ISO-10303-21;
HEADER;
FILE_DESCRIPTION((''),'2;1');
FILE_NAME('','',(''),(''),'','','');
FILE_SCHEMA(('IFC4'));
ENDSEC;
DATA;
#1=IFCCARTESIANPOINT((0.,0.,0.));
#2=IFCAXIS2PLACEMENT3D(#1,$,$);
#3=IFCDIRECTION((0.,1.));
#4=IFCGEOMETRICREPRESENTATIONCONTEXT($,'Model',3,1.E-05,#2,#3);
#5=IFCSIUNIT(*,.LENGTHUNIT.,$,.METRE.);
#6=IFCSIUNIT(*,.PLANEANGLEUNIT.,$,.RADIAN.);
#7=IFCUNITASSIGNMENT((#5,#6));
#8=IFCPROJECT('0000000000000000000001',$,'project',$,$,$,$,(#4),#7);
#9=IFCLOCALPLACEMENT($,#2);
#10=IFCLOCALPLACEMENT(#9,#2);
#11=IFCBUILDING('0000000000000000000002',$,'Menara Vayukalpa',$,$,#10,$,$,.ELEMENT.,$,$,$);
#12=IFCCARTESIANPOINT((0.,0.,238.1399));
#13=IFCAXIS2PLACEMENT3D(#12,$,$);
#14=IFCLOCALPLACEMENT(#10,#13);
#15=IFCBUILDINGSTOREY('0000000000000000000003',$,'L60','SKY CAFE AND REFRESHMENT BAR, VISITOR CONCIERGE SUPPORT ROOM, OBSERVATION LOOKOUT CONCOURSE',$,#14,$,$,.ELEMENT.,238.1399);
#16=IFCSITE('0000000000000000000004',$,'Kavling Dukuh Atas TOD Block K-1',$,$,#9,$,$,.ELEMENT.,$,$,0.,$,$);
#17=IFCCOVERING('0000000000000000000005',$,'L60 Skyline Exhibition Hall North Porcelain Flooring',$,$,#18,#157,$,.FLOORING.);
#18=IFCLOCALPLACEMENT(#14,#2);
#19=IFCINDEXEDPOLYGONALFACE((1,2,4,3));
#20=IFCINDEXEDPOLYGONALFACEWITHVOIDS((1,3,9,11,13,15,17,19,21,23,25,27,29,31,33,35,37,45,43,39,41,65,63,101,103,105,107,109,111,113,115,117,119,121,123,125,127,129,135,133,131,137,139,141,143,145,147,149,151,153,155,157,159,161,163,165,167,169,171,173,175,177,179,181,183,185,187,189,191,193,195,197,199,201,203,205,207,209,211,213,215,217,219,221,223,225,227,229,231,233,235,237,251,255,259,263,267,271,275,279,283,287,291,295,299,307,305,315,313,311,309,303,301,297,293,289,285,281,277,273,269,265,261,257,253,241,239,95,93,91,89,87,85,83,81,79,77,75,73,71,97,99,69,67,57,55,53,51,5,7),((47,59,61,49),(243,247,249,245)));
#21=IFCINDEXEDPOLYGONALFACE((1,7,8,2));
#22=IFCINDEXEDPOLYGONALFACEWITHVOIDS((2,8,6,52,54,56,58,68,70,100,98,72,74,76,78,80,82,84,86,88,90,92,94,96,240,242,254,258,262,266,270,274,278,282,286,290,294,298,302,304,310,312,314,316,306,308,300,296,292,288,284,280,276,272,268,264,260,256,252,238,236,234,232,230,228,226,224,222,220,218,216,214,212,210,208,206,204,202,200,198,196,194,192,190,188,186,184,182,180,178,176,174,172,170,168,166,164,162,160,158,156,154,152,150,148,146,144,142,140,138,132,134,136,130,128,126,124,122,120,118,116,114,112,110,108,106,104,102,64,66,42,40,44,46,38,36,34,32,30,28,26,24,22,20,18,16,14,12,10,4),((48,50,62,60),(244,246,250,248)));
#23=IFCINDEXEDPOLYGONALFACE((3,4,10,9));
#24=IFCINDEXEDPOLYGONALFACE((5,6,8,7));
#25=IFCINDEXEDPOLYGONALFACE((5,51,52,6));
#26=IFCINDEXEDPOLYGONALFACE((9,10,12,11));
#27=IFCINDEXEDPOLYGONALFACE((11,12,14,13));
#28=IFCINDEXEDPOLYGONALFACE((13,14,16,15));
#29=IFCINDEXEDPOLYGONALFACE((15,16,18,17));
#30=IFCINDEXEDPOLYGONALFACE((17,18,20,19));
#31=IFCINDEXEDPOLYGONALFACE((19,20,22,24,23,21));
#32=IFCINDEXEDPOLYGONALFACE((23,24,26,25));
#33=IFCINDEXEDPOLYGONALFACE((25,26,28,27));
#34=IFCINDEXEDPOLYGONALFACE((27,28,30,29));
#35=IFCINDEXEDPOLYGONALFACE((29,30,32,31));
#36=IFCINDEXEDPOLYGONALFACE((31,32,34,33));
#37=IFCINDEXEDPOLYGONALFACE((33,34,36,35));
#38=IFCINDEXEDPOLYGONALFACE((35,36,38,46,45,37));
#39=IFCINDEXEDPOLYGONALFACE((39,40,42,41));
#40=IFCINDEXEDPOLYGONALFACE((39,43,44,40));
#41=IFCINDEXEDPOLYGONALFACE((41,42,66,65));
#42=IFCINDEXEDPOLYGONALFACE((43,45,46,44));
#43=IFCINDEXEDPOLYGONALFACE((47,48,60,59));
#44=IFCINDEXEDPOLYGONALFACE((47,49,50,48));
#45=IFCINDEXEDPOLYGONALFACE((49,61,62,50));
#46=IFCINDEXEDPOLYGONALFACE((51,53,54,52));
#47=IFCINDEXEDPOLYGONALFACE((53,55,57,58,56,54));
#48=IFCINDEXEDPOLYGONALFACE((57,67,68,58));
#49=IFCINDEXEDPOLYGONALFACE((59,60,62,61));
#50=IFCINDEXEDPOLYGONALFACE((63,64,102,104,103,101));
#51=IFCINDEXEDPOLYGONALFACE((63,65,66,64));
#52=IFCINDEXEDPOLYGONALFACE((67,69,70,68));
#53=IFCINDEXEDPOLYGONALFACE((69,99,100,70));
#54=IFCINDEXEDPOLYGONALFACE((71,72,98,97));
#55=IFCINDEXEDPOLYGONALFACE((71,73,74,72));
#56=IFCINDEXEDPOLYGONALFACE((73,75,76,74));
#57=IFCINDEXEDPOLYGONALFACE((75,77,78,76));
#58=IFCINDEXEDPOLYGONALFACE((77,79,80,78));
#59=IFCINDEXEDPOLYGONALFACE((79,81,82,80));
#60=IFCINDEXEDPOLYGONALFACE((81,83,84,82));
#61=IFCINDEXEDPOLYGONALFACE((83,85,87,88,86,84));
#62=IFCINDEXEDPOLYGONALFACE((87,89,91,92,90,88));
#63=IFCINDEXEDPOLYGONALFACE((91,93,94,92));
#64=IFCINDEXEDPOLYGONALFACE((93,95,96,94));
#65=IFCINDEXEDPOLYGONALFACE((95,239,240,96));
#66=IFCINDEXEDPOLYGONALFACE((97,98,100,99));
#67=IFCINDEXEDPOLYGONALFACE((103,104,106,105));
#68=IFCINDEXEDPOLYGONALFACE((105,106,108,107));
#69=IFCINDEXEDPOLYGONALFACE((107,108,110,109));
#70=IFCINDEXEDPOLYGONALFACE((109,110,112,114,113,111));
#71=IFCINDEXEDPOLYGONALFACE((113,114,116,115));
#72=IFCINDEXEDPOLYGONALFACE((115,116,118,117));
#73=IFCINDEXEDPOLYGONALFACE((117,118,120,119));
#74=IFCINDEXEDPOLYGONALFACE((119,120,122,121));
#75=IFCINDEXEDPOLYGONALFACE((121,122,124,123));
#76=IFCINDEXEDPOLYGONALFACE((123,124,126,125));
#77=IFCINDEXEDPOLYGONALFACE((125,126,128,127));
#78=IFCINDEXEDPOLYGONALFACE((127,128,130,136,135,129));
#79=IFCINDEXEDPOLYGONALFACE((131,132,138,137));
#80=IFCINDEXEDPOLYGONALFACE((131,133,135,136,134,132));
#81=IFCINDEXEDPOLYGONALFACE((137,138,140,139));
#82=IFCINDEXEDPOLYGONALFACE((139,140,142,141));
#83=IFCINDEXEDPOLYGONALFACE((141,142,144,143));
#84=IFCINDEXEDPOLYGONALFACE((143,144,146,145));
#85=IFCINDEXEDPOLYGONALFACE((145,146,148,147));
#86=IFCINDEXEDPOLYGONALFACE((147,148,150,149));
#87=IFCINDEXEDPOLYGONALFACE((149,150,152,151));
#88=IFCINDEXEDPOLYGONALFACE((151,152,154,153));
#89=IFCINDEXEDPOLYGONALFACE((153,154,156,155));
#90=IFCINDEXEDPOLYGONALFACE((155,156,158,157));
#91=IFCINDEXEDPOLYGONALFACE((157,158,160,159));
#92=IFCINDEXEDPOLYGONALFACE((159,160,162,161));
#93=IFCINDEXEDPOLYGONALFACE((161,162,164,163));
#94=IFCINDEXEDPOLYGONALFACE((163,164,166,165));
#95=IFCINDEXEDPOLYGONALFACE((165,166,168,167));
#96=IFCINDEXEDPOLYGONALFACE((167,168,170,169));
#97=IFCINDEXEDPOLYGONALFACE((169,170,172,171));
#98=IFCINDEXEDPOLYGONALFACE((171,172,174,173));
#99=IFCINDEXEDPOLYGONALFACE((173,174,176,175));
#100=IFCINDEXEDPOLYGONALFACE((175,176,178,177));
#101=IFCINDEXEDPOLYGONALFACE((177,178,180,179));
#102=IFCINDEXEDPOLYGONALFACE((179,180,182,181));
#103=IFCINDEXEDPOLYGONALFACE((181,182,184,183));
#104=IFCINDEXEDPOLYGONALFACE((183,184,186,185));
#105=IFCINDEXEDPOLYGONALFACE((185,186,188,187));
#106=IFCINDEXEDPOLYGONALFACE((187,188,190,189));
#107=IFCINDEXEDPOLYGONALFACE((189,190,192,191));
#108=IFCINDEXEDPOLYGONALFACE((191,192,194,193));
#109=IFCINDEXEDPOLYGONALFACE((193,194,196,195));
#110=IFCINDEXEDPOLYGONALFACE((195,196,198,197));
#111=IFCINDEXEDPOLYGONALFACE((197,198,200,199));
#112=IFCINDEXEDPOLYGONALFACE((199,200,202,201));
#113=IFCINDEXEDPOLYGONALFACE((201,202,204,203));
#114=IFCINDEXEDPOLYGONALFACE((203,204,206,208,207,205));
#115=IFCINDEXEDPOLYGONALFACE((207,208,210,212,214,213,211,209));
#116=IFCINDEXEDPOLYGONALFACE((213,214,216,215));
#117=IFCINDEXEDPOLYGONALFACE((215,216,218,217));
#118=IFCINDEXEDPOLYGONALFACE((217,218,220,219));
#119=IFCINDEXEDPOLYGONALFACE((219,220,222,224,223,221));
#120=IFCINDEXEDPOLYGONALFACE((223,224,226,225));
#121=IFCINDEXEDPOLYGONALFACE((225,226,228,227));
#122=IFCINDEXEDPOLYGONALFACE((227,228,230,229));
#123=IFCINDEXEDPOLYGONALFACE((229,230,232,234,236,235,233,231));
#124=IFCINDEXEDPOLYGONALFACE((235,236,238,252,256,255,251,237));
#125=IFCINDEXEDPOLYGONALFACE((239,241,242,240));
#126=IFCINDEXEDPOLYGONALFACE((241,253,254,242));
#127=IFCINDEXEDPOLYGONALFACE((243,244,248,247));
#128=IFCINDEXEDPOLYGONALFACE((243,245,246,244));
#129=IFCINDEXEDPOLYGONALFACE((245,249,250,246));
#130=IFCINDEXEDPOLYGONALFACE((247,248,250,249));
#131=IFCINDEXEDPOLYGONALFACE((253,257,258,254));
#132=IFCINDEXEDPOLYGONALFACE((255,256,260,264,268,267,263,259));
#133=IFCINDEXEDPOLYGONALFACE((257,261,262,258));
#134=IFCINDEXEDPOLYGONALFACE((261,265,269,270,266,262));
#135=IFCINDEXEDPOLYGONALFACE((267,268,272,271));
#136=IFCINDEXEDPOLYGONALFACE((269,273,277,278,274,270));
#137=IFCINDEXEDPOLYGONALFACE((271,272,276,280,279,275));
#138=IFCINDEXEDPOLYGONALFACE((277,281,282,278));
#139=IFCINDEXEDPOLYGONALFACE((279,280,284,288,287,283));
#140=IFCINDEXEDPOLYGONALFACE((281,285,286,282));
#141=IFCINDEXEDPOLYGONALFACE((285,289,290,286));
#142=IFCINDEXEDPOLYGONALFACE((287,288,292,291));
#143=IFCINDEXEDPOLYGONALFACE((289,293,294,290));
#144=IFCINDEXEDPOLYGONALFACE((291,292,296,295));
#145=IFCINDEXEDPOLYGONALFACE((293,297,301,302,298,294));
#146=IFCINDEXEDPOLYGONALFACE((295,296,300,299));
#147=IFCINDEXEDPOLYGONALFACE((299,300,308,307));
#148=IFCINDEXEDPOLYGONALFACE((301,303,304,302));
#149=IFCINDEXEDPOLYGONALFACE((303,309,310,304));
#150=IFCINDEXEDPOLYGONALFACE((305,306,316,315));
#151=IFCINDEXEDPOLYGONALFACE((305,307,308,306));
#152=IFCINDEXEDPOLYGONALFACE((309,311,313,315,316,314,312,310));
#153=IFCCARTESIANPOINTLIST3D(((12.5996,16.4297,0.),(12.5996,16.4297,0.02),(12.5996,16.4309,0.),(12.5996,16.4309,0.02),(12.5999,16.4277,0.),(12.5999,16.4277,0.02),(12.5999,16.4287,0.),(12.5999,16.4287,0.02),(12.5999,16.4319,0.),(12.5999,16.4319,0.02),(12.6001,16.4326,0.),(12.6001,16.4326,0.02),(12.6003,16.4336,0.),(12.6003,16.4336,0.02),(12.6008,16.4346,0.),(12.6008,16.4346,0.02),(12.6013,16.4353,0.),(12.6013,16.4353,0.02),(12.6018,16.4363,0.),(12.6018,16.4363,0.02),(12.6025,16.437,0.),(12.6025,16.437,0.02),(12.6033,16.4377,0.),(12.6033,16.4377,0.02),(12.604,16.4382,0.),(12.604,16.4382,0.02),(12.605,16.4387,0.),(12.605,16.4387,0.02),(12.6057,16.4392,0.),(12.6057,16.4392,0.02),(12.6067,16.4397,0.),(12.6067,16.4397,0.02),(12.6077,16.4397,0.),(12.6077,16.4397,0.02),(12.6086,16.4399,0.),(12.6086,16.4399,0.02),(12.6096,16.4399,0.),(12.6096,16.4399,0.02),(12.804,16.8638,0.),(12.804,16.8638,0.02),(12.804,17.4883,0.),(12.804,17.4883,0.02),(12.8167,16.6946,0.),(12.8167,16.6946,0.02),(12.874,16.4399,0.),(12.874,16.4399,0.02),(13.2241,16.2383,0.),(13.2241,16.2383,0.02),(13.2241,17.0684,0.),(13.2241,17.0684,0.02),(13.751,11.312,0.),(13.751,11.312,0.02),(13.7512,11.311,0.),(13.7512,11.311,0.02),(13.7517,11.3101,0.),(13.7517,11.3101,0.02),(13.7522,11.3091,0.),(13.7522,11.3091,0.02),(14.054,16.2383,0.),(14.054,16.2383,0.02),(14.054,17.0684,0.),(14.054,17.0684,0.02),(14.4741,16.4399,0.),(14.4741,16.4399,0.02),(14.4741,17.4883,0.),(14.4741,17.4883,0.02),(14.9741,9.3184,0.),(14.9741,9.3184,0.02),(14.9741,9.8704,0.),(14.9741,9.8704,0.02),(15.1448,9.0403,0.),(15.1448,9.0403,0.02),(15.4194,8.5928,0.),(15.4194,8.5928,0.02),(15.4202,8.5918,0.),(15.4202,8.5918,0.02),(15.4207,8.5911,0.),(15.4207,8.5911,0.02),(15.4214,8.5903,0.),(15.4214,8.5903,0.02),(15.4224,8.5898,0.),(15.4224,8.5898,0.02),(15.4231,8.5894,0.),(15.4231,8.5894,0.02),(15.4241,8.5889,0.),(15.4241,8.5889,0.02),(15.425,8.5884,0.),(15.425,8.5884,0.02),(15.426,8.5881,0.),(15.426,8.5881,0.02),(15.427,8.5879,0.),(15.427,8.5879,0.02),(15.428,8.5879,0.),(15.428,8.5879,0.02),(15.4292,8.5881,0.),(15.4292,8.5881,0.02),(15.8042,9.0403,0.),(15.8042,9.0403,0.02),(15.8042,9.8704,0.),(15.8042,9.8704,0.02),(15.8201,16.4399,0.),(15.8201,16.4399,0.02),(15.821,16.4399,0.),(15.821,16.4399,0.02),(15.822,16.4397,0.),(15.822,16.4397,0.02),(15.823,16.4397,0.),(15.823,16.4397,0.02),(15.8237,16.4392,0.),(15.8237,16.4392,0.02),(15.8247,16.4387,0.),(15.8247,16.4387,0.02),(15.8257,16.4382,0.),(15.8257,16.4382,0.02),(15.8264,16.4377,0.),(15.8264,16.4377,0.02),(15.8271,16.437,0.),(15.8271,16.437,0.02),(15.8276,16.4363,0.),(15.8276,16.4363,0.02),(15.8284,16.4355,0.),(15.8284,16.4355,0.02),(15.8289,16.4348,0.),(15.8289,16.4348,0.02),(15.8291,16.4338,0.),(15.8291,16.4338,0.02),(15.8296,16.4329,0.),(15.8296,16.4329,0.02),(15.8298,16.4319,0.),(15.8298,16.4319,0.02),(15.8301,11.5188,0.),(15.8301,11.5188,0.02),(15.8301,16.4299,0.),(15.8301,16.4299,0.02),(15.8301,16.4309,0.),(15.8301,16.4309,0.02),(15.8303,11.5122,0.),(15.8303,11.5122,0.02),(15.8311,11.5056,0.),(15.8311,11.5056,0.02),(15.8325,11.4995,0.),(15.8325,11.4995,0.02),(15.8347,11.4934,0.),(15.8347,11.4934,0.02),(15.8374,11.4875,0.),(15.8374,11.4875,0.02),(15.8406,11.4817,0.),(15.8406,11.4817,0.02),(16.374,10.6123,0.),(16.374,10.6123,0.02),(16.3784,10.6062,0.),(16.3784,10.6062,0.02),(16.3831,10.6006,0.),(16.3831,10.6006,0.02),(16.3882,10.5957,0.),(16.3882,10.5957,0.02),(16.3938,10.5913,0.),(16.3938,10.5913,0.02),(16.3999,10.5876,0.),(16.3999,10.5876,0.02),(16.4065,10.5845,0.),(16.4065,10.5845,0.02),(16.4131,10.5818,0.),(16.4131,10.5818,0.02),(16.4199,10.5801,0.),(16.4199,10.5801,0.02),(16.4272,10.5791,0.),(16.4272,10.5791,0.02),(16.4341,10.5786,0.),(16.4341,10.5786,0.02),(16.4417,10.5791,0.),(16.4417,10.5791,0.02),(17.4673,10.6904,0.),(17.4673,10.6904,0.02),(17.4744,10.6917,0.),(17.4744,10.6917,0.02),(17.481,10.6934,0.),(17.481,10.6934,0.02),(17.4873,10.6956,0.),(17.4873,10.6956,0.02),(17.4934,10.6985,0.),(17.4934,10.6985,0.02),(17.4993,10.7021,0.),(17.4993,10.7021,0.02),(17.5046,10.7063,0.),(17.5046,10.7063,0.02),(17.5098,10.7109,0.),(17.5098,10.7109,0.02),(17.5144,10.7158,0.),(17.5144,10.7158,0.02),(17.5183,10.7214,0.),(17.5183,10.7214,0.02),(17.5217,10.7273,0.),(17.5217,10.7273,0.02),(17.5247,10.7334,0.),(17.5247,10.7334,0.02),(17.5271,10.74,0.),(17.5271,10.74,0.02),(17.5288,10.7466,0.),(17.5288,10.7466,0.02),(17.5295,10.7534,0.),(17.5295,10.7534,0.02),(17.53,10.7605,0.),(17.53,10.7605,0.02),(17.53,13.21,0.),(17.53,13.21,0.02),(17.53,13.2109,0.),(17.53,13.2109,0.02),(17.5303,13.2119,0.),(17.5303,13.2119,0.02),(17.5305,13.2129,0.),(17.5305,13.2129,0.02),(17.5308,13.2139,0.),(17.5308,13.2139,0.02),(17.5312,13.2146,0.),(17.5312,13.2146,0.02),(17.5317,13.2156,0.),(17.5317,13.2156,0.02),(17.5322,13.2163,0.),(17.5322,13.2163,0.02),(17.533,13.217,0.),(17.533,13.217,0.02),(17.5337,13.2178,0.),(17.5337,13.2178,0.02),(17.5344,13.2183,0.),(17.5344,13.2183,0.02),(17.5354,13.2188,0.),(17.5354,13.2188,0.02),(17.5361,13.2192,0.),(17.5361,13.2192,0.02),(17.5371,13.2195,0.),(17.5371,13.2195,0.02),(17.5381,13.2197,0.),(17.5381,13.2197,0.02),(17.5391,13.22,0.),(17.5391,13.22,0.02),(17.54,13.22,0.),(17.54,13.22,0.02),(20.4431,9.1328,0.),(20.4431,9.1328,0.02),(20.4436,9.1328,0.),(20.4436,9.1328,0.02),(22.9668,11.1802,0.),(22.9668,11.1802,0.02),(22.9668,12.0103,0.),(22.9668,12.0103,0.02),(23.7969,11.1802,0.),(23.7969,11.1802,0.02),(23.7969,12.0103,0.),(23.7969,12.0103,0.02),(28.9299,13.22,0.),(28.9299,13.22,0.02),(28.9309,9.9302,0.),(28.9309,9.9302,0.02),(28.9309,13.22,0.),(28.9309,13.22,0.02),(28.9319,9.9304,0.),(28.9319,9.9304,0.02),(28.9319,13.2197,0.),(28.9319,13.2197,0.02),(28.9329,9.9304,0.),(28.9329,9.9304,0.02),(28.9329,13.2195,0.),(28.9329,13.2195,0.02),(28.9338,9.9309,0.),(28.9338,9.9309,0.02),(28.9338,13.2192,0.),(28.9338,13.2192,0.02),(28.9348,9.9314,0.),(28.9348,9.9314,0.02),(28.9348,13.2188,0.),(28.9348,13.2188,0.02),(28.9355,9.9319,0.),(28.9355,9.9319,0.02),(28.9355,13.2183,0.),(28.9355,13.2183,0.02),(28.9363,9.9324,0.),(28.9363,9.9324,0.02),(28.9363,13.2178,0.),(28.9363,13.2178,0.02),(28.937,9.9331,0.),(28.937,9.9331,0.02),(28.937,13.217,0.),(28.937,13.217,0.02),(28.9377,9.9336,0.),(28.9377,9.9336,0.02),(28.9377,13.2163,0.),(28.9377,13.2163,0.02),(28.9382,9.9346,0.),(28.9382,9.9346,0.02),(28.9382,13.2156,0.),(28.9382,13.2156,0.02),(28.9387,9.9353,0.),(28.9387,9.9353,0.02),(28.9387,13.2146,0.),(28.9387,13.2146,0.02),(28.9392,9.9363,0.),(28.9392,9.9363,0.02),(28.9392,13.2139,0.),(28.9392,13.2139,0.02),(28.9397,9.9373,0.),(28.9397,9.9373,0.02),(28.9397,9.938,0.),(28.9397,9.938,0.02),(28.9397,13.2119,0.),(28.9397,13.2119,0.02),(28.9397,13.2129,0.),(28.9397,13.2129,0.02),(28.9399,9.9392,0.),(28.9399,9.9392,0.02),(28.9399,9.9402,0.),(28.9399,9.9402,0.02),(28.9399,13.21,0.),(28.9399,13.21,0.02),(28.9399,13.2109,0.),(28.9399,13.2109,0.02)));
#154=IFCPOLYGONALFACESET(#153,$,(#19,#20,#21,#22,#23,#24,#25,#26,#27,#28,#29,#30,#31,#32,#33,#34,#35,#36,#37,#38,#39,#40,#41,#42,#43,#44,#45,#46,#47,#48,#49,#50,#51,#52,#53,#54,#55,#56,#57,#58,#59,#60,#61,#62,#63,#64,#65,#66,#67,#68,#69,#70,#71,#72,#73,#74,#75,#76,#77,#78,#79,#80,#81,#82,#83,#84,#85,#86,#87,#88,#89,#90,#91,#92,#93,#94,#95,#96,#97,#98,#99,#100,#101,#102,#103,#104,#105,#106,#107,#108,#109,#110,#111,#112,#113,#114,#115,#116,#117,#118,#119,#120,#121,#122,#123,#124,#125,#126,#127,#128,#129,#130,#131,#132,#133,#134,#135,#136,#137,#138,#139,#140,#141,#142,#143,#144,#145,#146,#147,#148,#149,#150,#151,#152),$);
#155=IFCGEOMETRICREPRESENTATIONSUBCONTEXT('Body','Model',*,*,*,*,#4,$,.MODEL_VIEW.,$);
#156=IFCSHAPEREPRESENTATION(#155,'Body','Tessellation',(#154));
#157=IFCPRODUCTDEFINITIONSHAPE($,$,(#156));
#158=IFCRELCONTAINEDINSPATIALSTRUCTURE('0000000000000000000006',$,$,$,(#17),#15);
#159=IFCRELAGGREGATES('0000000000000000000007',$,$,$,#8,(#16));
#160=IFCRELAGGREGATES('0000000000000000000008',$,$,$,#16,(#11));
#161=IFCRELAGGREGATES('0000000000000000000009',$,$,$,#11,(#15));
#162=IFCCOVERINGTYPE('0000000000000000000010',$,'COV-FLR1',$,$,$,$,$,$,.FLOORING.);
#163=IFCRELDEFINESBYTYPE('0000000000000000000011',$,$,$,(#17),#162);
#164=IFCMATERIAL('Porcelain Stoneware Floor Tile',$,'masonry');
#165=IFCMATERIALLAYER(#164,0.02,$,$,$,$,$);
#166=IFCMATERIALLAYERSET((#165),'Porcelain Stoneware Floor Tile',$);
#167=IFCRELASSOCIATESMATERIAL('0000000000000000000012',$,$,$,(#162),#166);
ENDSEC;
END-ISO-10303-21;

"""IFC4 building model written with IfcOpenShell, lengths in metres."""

from ifc_helpers import new_model, si_unit, direction, frame, origin, place, context, subcontext, project, spatial, polyline, outline, extrude, material, layer, layer_set, type_object, element, save


model = new_model("IFC4")

# Units and contexts
model_context = context("Model", 3, precision=1e-05, world=origin(), true_north=direction((0.0, 1.0)))
body_context = subcontext(model_context, "Body", "Model", "MODEL_VIEW")
ifc_project = project(units=[si_unit("LENGTHUNIT", "METRE"), si_unit("PLANEANGLEUNIT", "RADIAN")], contexts=[model_context])

# Site, building, storey
site_placement = place(None, origin())
site = spatial("IfcSite", under=ifc_project, at=site_placement, Name="Kavling Dukuh Atas TOD Block K-1", CompositionType="ELEMENT", RefElevation=0.0)
building_placement = place(site_placement, origin())
building = spatial("IfcBuilding", under=site, at=building_placement, Name="Menara Vayukalpa", CompositionType="ELEMENT")
storey_placement = place(building_placement, frame((0.0, 0.0, 238.1399)))
storey = spatial("IfcBuildingStorey", under=building, at=storey_placement, Name="L60", Description="SKY CAFE AND REFRESHMENT BAR, VISITOR CONCIERGE SUPPORT ROOM, OBSERVATION LOOKOUT CONCOURSE", CompositionType="ELEMENT", Elevation=238.1399)

# Covering
ifc_material_1 = material(Name="Porcelain Stoneware Floor Tile", Category="masonry")
ifc_layer_1 = layer(ifc_material_1, 0.02)
ifc_layer_set_1 = layer_set([ifc_layer_1], Name="Porcelain Stoneware Floor Tile")
covering_type_1 = type_object("IfcCoveringType", Name="COV-FLR1", PredefinedType="FLOORING", material=ifc_layer_set_1)
covering_1_placement = place(storey_placement, origin())
element("IfcCovering", 1, at=covering_1_placement, inside=storey, type_object=covering_type_1, Name="L60 Skyline Exhibition Hall North Porcelain Flooring", PredefinedType="FLOORING", context=body_context, shape_type="SweptSolid", body=[
    extrude(outline(polyline([(15.427, 8.5879), (15.426, 8.5881), (15.425, 8.5884), (15.4241, 8.5889), (15.4231, 8.5894), (15.4224, 8.5898), (15.4214, 8.5903), (15.4207, 8.5911), (15.4202, 8.5918), (15.4194, 8.5928), (15.1448, 9.0403), (15.8042, 9.0403), (15.8042, 9.8704), (14.9741, 9.8704), (14.9741, 9.3184), (13.7522, 11.3091), (13.7517, 11.3101), (13.7512, 11.311), (13.751, 11.312), (12.5999, 16.4277), (12.5999, 16.4287), (12.5996, 16.4297), (12.5996, 16.4309), (12.5999, 16.4319), (12.6001, 16.4326), (12.6003, 16.4336), (12.6008, 16.4346), (12.6013, 16.4353), (12.6018, 16.4363), (12.6025, 16.437), (12.6033, 16.4377), (12.604, 16.4382), (12.605, 16.4387), (12.6057, 16.4392), (12.6067, 16.4397), (12.6077, 16.4397), (12.6086, 16.4399), (12.6096, 16.4399), (12.874, 16.4399), (12.8167, 16.6946), (12.804, 16.8638), (12.804, 17.4883), (14.4741, 17.4883), (14.4741, 16.4399), (15.8201, 16.4399), (15.821, 16.4399), (15.822, 16.4397), (15.823, 16.4397), (15.8237, 16.4392), (15.8247, 16.4387), (15.8257, 16.4382), (15.8264, 16.4377), (15.8271, 16.437), (15.8276, 16.4363), (15.8284, 16.4355), (15.8289, 16.4348), (15.8291, 16.4338), (15.8296, 16.4329), (15.8298, 16.4319), (15.8301, 16.4309), (15.8301, 16.4299), (15.8301, 11.5188), (15.8303, 11.5122), (15.8311, 11.5056), (15.8325, 11.4995), (15.8347, 11.4934), (15.8374, 11.4875), (15.8406, 11.4817), (16.374, 10.6123), (16.3784, 10.6062), (16.3831, 10.6006), (16.3882, 10.5957), (16.3938, 10.5913), (16.3999, 10.5876), (16.4065, 10.5845), (16.4131, 10.5818), (16.4199, 10.5801), (16.4272, 10.5791), (16.4341, 10.5786), (16.4417, 10.5791), (17.4673, 10.6904), (17.4744, 10.6917), (17.481, 10.6934), (17.4873, 10.6956), (17.4934, 10.6985), (17.4993, 10.7021), (17.5046, 10.7063), (17.5098, 10.7109), (17.5144, 10.7158), (17.5183, 10.7214), (17.5217, 10.7273), (17.5247, 10.7334), (17.5271, 10.74), (17.5288, 10.7466), (17.5295, 10.7534), (17.53, 10.7605), (17.53, 13.21), (17.53, 13.2109), (17.5303, 13.2119), (17.5305, 13.2129), (17.5308, 13.2139), (17.5312, 13.2146), (17.5317, 13.2156), (17.5322, 13.2163), (17.533, 13.217), (17.5337, 13.2178), (17.5344, 13.2183), (17.5354, 13.2188), (17.5361, 13.2192), (17.5371, 13.2195), (17.5381, 13.2197), (17.5391, 13.22), (17.54, 13.22), (28.9299, 13.22), (28.9309, 13.22), (28.9319, 13.2197), (28.9329, 13.2195), (28.9338, 13.2192), (28.9348, 13.2188), (28.9355, 13.2183), (28.9363, 13.2178), (28.937, 13.217), (28.9377, 13.2163), (28.9382, 13.2156), (28.9387, 13.2146), (28.9392, 13.2139), (28.9397, 13.2129), (28.9397, 13.2119), (28.9399, 13.2109), (28.9399, 13.21), (28.9399, 9.9402), (28.9399, 9.9392), (28.9397, 9.938), (28.9397, 9.9373), (28.9392, 9.9363), (28.9387, 9.9353), (28.9382, 9.9346), (28.9377, 9.9336), (28.937, 9.9331), (28.9363, 9.9324), (28.9355, 9.9319), (28.9348, 9.9314), (28.9338, 9.9309), (28.9329, 9.9304), (28.9319, 9.9304), (28.9309, 9.9302), (20.4436, 9.1328), (20.4431, 9.1328), (15.4292, 8.5881), (15.428, 8.5879), (15.427, 8.5879)]), holes=[polyline([(14.054, 17.0684), (13.2241, 17.0684), (13.2241, 16.2383), (14.054, 16.2383), (14.054, 17.0684)]), polyline([(23.7969, 12.0103), (22.9668, 12.0103), (22.9668, 11.1802), (23.7969, 11.1802), (23.7969, 12.0103)])]), origin(), (0.0, 0.0, 1.0), 0.02),
])

save(model, "model.ifc")
